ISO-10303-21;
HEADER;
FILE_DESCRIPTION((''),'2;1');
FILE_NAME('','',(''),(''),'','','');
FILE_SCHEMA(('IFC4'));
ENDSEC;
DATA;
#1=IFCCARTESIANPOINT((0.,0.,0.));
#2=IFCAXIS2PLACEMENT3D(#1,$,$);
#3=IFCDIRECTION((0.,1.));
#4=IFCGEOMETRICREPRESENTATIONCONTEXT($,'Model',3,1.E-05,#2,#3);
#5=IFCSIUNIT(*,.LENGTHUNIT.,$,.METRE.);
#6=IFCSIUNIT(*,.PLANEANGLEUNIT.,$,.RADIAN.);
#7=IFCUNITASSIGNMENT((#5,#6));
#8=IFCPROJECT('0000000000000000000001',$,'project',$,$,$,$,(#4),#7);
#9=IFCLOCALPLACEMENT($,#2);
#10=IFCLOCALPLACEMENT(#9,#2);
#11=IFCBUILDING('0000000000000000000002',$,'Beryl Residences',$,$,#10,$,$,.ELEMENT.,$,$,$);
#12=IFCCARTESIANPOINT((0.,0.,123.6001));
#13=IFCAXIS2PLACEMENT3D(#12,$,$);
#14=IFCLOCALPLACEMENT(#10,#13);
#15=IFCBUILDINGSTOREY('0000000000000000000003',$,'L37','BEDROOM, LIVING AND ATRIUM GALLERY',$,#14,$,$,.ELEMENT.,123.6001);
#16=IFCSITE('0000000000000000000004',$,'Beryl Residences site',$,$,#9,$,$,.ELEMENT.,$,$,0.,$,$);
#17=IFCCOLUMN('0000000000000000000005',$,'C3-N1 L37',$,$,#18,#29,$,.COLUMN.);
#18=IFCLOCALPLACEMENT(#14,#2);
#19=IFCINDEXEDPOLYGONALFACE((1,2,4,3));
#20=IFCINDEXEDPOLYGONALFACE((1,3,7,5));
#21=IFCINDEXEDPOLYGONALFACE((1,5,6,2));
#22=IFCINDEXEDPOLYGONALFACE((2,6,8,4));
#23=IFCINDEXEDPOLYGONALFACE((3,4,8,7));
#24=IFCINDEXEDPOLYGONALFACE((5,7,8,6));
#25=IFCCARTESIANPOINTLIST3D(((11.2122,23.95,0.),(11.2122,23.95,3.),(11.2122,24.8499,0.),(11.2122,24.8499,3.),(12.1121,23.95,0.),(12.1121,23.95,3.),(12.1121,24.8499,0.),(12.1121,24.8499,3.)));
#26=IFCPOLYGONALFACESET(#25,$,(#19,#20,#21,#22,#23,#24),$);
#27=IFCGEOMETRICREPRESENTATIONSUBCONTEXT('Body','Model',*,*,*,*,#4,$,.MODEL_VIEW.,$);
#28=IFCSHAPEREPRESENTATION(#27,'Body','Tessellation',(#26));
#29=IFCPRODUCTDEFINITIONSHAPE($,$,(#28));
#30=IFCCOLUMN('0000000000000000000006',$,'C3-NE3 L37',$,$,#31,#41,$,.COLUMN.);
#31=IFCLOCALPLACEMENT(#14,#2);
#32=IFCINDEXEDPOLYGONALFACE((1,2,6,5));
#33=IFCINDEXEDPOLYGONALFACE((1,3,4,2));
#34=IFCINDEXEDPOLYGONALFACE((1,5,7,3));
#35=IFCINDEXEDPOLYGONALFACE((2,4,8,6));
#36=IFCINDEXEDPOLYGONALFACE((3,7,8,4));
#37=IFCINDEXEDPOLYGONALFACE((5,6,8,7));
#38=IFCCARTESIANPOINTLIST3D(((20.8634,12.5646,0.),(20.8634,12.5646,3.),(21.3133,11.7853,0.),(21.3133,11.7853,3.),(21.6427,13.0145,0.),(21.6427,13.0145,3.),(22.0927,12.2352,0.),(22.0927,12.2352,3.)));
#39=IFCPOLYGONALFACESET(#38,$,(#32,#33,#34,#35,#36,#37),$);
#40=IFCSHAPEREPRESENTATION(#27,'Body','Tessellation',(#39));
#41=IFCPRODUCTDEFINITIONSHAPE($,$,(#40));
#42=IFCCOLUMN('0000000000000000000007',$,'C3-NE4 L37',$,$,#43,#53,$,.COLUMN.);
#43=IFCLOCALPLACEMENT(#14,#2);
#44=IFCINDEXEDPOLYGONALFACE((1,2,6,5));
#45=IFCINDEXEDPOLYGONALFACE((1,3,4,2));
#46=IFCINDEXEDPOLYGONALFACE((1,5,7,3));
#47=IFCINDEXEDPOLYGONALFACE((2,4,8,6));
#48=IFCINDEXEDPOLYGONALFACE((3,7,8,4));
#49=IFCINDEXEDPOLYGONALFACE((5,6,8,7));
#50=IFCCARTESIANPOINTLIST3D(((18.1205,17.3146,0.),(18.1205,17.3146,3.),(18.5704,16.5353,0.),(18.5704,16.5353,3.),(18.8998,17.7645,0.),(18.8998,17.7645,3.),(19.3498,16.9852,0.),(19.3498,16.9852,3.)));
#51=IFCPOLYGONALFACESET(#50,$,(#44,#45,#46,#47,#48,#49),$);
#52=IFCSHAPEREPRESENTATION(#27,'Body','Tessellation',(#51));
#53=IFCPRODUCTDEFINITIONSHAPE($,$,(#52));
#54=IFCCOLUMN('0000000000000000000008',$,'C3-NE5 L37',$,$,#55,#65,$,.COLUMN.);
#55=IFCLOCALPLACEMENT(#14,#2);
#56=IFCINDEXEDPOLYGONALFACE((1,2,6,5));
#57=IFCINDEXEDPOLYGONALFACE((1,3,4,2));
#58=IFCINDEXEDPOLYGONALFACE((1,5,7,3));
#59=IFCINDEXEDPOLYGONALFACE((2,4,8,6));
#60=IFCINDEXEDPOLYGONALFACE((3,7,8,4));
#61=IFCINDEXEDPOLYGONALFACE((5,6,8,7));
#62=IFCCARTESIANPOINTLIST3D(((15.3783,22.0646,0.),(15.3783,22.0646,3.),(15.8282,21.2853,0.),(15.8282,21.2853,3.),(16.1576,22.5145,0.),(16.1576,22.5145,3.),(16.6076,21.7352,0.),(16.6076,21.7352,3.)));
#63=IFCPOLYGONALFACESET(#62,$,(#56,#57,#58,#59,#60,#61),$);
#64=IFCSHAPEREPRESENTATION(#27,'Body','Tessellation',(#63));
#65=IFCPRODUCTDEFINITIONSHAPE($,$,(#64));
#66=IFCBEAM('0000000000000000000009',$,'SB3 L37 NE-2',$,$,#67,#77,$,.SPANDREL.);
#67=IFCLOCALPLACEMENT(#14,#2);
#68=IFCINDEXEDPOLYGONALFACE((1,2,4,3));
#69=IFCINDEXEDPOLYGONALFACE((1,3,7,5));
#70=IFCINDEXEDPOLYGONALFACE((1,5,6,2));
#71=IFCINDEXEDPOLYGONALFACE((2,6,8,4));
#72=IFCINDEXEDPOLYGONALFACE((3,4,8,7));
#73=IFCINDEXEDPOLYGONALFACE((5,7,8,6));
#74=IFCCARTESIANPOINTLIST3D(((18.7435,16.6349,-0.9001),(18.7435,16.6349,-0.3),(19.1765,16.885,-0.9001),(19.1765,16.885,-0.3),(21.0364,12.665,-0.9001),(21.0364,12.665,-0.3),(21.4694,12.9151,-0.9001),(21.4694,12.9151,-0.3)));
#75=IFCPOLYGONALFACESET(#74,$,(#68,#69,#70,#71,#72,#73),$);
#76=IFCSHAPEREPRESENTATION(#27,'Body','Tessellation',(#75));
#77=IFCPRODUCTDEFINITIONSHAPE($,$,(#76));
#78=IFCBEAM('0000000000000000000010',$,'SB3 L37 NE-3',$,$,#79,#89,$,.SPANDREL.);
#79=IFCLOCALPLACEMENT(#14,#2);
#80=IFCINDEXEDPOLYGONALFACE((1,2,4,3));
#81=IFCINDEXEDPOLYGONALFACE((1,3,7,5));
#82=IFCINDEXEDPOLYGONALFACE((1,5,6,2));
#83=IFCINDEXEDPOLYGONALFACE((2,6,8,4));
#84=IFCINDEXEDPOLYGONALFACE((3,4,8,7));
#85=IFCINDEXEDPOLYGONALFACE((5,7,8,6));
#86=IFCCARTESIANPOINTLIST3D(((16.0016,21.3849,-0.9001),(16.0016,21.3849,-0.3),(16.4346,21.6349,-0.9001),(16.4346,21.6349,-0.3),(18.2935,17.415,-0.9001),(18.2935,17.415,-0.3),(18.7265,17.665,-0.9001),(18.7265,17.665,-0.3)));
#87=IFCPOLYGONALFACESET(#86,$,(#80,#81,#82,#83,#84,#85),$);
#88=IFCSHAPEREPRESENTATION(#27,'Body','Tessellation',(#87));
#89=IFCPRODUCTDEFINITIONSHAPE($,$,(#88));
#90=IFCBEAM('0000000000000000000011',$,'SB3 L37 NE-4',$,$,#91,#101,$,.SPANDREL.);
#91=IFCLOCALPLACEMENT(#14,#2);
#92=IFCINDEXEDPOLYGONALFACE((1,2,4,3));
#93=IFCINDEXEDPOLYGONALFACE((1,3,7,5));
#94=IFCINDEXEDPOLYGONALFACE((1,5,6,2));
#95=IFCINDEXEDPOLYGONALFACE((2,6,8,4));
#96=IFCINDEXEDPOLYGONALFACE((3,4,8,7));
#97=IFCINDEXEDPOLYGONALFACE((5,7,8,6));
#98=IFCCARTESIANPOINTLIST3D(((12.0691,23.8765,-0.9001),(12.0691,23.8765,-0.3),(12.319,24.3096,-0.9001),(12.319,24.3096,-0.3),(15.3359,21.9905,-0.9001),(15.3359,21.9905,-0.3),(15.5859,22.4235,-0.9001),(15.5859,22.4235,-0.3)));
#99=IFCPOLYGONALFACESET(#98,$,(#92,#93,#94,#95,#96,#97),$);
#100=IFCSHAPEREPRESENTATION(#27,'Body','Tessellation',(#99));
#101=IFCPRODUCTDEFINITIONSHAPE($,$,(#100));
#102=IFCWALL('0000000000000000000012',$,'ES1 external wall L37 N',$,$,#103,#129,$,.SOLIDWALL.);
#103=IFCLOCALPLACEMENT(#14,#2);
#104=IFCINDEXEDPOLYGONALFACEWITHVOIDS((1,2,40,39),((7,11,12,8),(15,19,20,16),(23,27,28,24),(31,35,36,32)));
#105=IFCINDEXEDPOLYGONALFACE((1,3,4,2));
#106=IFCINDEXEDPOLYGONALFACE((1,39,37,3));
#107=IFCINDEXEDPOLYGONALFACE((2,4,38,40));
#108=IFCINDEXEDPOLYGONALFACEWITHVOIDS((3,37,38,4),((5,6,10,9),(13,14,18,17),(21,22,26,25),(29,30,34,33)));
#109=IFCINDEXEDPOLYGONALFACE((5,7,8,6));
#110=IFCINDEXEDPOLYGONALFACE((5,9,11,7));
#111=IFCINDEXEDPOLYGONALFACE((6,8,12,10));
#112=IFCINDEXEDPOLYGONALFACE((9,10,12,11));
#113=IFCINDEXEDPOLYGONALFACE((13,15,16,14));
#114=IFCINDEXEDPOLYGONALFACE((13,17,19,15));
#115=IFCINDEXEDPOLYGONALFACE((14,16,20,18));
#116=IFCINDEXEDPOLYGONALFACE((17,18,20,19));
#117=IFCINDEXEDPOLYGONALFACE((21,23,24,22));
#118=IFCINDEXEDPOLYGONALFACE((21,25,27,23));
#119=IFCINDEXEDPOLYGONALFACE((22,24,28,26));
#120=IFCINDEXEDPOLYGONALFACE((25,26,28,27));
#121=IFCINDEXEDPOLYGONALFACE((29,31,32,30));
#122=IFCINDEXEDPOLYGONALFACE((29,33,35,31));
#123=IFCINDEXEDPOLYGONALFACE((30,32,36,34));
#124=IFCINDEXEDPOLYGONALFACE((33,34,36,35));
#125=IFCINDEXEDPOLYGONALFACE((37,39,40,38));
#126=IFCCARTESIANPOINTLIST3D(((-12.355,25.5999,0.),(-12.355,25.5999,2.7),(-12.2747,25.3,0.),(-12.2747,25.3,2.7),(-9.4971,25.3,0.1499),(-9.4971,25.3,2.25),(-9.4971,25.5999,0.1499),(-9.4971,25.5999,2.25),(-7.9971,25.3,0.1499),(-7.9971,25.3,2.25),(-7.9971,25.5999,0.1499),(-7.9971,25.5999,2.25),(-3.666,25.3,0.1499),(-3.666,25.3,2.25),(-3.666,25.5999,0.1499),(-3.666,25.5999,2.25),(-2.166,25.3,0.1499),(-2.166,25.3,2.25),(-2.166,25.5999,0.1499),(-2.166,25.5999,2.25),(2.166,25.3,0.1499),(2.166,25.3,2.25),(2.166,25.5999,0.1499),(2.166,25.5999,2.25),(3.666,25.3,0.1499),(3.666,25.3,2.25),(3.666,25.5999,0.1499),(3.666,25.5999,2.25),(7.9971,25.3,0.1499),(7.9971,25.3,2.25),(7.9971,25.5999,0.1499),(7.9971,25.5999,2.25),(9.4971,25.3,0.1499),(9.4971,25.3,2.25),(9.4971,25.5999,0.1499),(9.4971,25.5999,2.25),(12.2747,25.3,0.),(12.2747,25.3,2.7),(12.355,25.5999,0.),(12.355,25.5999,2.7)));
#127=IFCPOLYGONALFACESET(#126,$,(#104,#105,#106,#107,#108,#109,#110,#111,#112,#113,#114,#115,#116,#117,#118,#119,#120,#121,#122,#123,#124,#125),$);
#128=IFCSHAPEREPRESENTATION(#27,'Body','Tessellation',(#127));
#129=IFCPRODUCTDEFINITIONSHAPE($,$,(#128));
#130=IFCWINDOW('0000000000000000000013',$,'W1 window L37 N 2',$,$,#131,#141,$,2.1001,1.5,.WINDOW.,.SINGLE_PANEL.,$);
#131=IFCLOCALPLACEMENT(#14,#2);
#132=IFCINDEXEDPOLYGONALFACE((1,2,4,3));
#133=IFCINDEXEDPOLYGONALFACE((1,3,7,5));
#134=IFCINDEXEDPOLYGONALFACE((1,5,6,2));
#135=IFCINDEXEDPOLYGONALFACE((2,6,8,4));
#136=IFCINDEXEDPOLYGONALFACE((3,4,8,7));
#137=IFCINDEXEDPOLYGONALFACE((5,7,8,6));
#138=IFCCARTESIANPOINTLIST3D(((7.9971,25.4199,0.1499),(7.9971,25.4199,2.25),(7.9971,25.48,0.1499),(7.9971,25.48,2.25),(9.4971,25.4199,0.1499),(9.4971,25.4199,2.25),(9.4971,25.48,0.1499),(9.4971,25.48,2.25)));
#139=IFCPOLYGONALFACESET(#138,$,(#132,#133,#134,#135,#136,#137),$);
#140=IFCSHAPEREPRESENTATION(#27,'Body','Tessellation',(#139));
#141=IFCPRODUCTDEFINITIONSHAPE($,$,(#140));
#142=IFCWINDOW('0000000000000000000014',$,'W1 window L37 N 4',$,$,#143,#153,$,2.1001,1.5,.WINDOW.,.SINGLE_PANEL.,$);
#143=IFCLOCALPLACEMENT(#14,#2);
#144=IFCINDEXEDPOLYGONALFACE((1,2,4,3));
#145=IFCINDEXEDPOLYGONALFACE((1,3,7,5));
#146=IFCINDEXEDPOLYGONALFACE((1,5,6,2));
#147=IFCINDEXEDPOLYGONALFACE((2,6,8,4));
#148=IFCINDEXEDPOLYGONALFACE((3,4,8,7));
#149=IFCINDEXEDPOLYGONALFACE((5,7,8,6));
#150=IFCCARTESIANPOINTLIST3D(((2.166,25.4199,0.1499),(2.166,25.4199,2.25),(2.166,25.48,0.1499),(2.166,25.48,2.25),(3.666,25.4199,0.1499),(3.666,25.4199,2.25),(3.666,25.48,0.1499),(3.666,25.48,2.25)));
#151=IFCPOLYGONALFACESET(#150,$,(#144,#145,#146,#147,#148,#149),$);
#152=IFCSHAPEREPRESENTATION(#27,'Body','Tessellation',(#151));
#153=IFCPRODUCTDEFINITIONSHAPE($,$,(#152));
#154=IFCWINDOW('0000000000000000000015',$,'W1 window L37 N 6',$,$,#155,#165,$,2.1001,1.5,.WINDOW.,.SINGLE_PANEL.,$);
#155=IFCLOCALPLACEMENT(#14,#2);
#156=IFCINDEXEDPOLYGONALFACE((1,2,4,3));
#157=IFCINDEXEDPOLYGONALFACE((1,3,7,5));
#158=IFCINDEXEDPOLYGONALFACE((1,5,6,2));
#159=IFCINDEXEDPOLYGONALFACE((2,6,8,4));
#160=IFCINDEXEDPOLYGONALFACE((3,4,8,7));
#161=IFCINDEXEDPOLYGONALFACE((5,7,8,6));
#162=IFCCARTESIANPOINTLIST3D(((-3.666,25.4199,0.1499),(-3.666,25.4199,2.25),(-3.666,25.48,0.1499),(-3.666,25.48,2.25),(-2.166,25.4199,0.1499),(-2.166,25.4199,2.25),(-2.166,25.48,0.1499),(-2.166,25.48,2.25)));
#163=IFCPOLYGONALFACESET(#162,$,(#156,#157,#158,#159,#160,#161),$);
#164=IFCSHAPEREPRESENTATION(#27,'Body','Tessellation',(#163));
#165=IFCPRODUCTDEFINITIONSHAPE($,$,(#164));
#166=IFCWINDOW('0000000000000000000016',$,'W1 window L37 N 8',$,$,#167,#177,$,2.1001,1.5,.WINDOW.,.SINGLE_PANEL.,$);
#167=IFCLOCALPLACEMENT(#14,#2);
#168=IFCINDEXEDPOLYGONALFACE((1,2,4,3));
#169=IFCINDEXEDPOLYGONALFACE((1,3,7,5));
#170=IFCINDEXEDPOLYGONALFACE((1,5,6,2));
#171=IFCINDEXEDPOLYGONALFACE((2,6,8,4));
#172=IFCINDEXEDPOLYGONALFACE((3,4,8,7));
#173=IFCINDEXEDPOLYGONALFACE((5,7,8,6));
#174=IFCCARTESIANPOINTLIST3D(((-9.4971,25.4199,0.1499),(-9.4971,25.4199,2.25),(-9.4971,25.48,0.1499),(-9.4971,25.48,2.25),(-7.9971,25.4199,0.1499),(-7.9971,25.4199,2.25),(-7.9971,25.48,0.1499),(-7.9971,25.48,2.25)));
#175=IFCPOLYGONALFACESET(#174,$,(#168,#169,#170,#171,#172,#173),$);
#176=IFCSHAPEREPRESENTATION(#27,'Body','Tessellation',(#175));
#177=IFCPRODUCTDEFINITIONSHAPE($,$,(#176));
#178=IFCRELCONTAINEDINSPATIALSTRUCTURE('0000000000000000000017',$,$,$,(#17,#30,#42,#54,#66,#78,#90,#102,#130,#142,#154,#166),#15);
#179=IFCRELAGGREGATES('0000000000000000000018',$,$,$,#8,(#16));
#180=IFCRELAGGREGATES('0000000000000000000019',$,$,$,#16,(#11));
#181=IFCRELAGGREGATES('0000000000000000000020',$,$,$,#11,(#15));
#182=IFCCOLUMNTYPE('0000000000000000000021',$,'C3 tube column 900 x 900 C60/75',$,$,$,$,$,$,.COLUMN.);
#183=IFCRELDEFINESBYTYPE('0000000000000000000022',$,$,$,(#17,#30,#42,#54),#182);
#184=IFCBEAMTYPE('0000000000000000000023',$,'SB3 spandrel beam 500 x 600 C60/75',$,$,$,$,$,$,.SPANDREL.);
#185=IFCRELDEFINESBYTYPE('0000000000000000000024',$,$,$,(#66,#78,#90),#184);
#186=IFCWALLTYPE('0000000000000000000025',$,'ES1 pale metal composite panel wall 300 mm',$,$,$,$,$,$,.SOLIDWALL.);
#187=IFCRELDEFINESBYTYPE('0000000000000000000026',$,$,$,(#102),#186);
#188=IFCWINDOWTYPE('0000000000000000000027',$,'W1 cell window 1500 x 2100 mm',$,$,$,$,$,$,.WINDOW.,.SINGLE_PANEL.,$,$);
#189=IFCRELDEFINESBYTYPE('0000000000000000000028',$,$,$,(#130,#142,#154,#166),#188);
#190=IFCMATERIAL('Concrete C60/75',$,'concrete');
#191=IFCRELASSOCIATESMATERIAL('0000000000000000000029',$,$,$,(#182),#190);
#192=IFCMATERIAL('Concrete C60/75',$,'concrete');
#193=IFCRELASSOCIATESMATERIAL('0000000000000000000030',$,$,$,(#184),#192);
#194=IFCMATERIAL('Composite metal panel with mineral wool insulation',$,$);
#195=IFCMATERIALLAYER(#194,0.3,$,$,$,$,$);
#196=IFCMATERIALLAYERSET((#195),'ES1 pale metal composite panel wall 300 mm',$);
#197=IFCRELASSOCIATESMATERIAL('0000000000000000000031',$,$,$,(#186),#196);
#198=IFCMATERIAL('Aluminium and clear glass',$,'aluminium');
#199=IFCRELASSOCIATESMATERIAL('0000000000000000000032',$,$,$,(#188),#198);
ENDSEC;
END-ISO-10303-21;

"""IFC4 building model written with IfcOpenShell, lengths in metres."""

from ifc_helpers import new_model, si_unit, direction, frame, frame_2d, origin, origin_2d, place, context, subcontext, project, spatial, polyline, rectangle, outline, extrude, material, layer, layer_set, material_profile, profile_set, type_object, element, fill, save


model = new_model("IFC4")

# Units and contexts
model_context = context("Model", 3, precision=1e-05, world=origin(), true_north=direction((0.0, 1.0)))
body_context = subcontext(model_context, "Body", "Model", "MODEL_VIEW")
ifc_project = project(units=[si_unit("LENGTHUNIT", "METRE"), si_unit("PLANEANGLEUNIT", "RADIAN")], contexts=[model_context])

# Site, building, storey
site_placement = place(None, origin())
site = spatial("IfcSite", under=ifc_project, at=site_placement, Name="Beryl Residences site", CompositionType="ELEMENT", RefElevation=0.0)
building_placement = place(site_placement, origin())
building = spatial("IfcBuilding", under=site, at=building_placement, Name="Beryl Residences", CompositionType="ELEMENT")
storey_placement = place(building_placement, frame((0.0, 0.0, 123.6001)))
storey = spatial("IfcBuildingStorey", under=building, at=storey_placement, Name="L37", Description="BEDROOM, LIVING AND ATRIUM GALLERY", CompositionType="ELEMENT", Elevation=123.6001)

# Columns
ifc_material_1 = material(Name="Concrete C60/75", Category="concrete")
ifc_material_profile_1 = material_profile(ifc_material_1, rectangle(XDim=0.8999, YDim=0.8999, at=origin_2d()))
ifc_profile_set_1 = profile_set([ifc_material_profile_1], Name="Concrete C60/75")
column_type = type_object("IfcColumnType", Name="C3 tube column 900 x 900 C60/75", PredefinedType="COLUMN", material=ifc_profile_set_1)
for number, where, z_axis, x_axis, name in (
    (1, (11.6621, 24.3999, 0.0), (0.0, 0.0, 1.0), (-1.0, 0.0, 0.0), "C3-N1 L37"),
    (2, (21.478, 12.3999, 0.0), (0.0, 0.0, 1.0), (-0.5, 0.866025, 0.0), "C3-NE3 L37"),
    (3, (18.7351, 17.1499, 0.0), (0.0, 0.0, 1.0), (-0.5, 0.866025, 0.0), "C3-NE4 L37"),
    (4, (15.9929, 21.8999, 0.0), (0.0, 0.0, 1.0), (-0.5, 0.866025, 0.0), "C3-NE5 L37"),
):
    element("IfcColumn", number, at=place(storey_placement, frame(where, z_axis=z_axis, x_axis=x_axis)), inside=storey, type_object=column_type, Name=name, PredefinedType="COLUMN", context=body_context, shape_type="SweptSolid", body=[
        extrude(rectangle(XDim=0.8999, YDim=0.8999, at=origin_2d()), origin(), (0.0, 0.0, 1.0), 3.0),
    ])

# Beams
ifc_material_2 = material(Name="Concrete C60/75", Category="concrete")
ifc_material_profile_2 = material_profile(ifc_material_2, rectangle(XDim=0.5, YDim=0.6001, at=origin_2d()))
ifc_profile_set_2 = profile_set([ifc_material_profile_2], Name="Concrete C60/75")
beam_type = type_object("IfcBeamType", Name="SB3 spandrel beam 500 x 600 C60/75", PredefinedType="SPANDREL", material=ifc_profile_set_2)
beam_1_placement = place(storey_placement, frame((21.2529, 12.79, -0.6001), z_axis=(-0.500148, 0.86594, 0.0), x_axis=(-0.86594, -0.500148, 0.0)))
element("IfcBeam", 5, at=beam_1_placement, inside=storey, type_object=beam_type, Name="SB3 L37 NE-2", PredefinedType="SPANDREL", context=body_context, shape_type="SweptSolid", body=[
    extrude(rectangle(XDim=0.5, YDim=0.6001, at=origin_2d()), origin(), (0.0, 0.0, 1.0), 4.5845),
])
beam_2_placement = place(storey_placement, frame((18.51, 17.54, -0.6001), z_axis=(-0.499988, 0.866032, 0.0), x_axis=(-0.866032, -0.499988, 0.0)))
element("IfcBeam", 6, at=beam_2_placement, inside=storey, type_object=beam_type, Name="SB3 L37 NE-3", PredefinedType="SPANDREL", context=body_context, shape_type="SweptSolid", body=[
    extrude(rectangle(XDim=0.5, YDim=0.6001, at=origin_2d()), origin(), (0.0, 0.0, 1.0), 4.584),
])
beam_3_placement = place(storey_placement, frame((15.4609, 22.207, -0.6001), z_axis=(-0.86604, 0.499975, 0.0), x_axis=(-0.499975, -0.86604, 0.0)))
element("IfcBeam", 7, at=beam_3_placement, inside=storey, type_object=beam_type, Name="SB3 L37 NE-4", PredefinedType="SPANDREL", context=body_context, shape_type="SweptSolid", body=[
    extrude(rectangle(XDim=0.5, YDim=0.6001, at=origin_2d()), origin(), (0.0, 0.0, 1.0), 3.7722),
])

# Wall, openings, windows
ifc_material_3 = material(Name="Composite metal panel with mineral wool insulation")
ifc_layer_1 = layer(ifc_material_3, 0.3)
ifc_layer_set_1 = layer_set([ifc_layer_1], Name="ES1 pale metal composite panel wall 300 mm")
wall_type_1 = type_object("IfcWallType", Name="ES1 pale metal composite panel wall 300 mm", PredefinedType="SOLIDWALL", material=ifc_layer_set_1)
wall_1_placement = place(storey_placement, frame((12.355, 25.45, 0.0), z_axis=(0.0, 0.0, 1.0), x_axis=(-1.0, 0.0, 0.0)))
wall_1 = element("IfcWall", 8, at=wall_1_placement, inside=storey, type_object=wall_type_1, Name="ES1 external wall L37 N", PredefinedType="SOLIDWALL", context=body_context, shape_type="SweptSolid", body=[
    extrude(outline(polyline([(0.0, -0.1499), (24.71, -0.1499), (24.6296, 0.1499), (0.0803, 0.1499), (0.0, -0.1499)])), origin(), (0.0, 0.0, 1.0), 2.7),
])
opening_1_placement = place(wall_1_placement, frame((2.8579, 0.0, 0.1499)))
opening_1 = element("IfcOpeningElement", 9, at=opening_1_placement, cuts=wall_1, PredefinedType="OPENING", context=body_context, shape_type="SweptSolid", body=[
    extrude(rectangle(XDim=1.5, YDim=2.1001, at=frame_2d((0.75, 1.05))), frame((0.0, 0.1599, 0.0), z_axis=(0.0, -1.0, 0.0), x_axis=(1.0, 0.0, 0.0)), (0.0, 0.0, 1.0), 0.3201),
])
opening_2_placement = place(wall_1_placement, frame((8.689, 0.0, 0.1499)))
opening_2 = element("IfcOpeningElement", 10, at=opening_2_placement, cuts=wall_1, PredefinedType="OPENING", context=body_context, shape_type="SweptSolid", body=[
    extrude(rectangle(XDim=1.5, YDim=2.1001, at=frame_2d((0.75, 1.05))), frame((0.0, 0.1599, 0.0), z_axis=(0.0, -1.0, 0.0), x_axis=(1.0, 0.0, 0.0)), (0.0, 0.0, 1.0), 0.3201),
])
opening_3_placement = place(wall_1_placement, frame((14.521, 0.0, 0.1499)))
opening_3 = element("IfcOpeningElement", 11, at=opening_3_placement, cuts=wall_1, PredefinedType="OPENING", context=body_context, shape_type="SweptSolid", body=[
    extrude(rectangle(XDim=1.5, YDim=2.1001, at=frame_2d((0.75, 1.05))), frame((0.0, 0.1599, 0.0), z_axis=(0.0, -1.0, 0.0), x_axis=(1.0, 0.0, 0.0)), (0.0, 0.0, 1.0), 0.3201),
])
opening_4_placement = place(wall_1_placement, frame((20.3521, 0.0, 0.1499)))
opening_4 = element("IfcOpeningElement", 12, at=opening_4_placement, cuts=wall_1, PredefinedType="OPENING", context=body_context, shape_type="SweptSolid", body=[
    extrude(rectangle(XDim=1.5, YDim=2.1001, at=frame_2d((0.75, 1.05))), frame((0.0, 0.1599, 0.0), z_axis=(0.0, -1.0, 0.0), x_axis=(1.0, 0.0, 0.0)), (0.0, 0.0, 1.0), 0.3201),
])
ifc_material_4 = material(Name="Aluminium and clear glass", Category="aluminium")
window_type_1 = type_object("IfcWindowType", Name="W1 cell window 1500 x 2100 mm", PartitioningType="SINGLE_PANEL", PredefinedType="WINDOW", material=ifc_material_4)
window_1_placement = place(opening_1_placement, origin())
window_1 = element("IfcWindow", 13, at=window_1_placement, inside=storey, type_object=window_type_1, Name="W1 window L37 N 2", OverallHeight=2.1001, OverallWidth=1.5, PartitioningType="SINGLE_PANEL", PredefinedType="WINDOW", context=body_context, shape_type="SweptSolid", body=[
    extrude(rectangle(XDim=1.5, YDim=2.1001, at=frame_2d((0.75, 1.05))), frame((0.0, 0.03, 0.0), z_axis=(0.0, -1.0, 0.0), x_axis=(1.0, 0.0, 0.0)), (0.0, 0.0, 1.0), 0.0601),
])
fill(opening_1, window_1)
window_2_placement = place(opening_2_placement, origin())
window_2 = element("IfcWindow", 14, at=window_2_placement, inside=storey, type_object=window_type_1, Name="W1 window L37 N 4", OverallHeight=2.1001, OverallWidth=1.5, PartitioningType="SINGLE_PANEL", PredefinedType="WINDOW", context=body_context, shape_type="SweptSolid", body=[
    extrude(rectangle(XDim=1.5, YDim=2.1001, at=frame_2d((0.75, 1.05))), frame((0.0, 0.03, 0.0), z_axis=(0.0, -1.0, 0.0), x_axis=(1.0, 0.0, 0.0)), (0.0, 0.0, 1.0), 0.0601),
])
fill(opening_2, window_2)
window_3_placement = place(opening_3_placement, origin())
window_3 = element("IfcWindow", 15, at=window_3_placement, inside=storey, type_object=window_type_1, Name="W1 window L37 N 6", OverallHeight=2.1001, OverallWidth=1.5, PartitioningType="SINGLE_PANEL", PredefinedType="WINDOW", context=body_context, shape_type="SweptSolid", body=[
    extrude(rectangle(XDim=1.5, YDim=2.1001, at=frame_2d((0.75, 1.05))), frame((0.0, 0.03, 0.0), z_axis=(0.0, -1.0, 0.0), x_axis=(1.0, 0.0, 0.0)), (0.0, 0.0, 1.0), 0.0601),
])
fill(opening_3, window_3)
window_4_placement = place(opening_4_placement, origin())
window_4 = element("IfcWindow", 16, at=window_4_placement, inside=storey, type_object=window_type_1, Name="W1 window L37 N 8", OverallHeight=2.1001, OverallWidth=1.5, PartitioningType="SINGLE_PANEL", PredefinedType="WINDOW", context=body_context, shape_type="SweptSolid", body=[
    extrude(rectangle(XDim=1.5, YDim=2.1001, at=frame_2d((0.75, 1.05))), frame((0.0, 0.03, 0.0), z_axis=(0.0, -1.0, 0.0), x_axis=(1.0, 0.0, 0.0)), (0.0, 0.0, 1.0), 0.0601),
])
fill(opening_4, window_4)

save(model, "model.ifc")
